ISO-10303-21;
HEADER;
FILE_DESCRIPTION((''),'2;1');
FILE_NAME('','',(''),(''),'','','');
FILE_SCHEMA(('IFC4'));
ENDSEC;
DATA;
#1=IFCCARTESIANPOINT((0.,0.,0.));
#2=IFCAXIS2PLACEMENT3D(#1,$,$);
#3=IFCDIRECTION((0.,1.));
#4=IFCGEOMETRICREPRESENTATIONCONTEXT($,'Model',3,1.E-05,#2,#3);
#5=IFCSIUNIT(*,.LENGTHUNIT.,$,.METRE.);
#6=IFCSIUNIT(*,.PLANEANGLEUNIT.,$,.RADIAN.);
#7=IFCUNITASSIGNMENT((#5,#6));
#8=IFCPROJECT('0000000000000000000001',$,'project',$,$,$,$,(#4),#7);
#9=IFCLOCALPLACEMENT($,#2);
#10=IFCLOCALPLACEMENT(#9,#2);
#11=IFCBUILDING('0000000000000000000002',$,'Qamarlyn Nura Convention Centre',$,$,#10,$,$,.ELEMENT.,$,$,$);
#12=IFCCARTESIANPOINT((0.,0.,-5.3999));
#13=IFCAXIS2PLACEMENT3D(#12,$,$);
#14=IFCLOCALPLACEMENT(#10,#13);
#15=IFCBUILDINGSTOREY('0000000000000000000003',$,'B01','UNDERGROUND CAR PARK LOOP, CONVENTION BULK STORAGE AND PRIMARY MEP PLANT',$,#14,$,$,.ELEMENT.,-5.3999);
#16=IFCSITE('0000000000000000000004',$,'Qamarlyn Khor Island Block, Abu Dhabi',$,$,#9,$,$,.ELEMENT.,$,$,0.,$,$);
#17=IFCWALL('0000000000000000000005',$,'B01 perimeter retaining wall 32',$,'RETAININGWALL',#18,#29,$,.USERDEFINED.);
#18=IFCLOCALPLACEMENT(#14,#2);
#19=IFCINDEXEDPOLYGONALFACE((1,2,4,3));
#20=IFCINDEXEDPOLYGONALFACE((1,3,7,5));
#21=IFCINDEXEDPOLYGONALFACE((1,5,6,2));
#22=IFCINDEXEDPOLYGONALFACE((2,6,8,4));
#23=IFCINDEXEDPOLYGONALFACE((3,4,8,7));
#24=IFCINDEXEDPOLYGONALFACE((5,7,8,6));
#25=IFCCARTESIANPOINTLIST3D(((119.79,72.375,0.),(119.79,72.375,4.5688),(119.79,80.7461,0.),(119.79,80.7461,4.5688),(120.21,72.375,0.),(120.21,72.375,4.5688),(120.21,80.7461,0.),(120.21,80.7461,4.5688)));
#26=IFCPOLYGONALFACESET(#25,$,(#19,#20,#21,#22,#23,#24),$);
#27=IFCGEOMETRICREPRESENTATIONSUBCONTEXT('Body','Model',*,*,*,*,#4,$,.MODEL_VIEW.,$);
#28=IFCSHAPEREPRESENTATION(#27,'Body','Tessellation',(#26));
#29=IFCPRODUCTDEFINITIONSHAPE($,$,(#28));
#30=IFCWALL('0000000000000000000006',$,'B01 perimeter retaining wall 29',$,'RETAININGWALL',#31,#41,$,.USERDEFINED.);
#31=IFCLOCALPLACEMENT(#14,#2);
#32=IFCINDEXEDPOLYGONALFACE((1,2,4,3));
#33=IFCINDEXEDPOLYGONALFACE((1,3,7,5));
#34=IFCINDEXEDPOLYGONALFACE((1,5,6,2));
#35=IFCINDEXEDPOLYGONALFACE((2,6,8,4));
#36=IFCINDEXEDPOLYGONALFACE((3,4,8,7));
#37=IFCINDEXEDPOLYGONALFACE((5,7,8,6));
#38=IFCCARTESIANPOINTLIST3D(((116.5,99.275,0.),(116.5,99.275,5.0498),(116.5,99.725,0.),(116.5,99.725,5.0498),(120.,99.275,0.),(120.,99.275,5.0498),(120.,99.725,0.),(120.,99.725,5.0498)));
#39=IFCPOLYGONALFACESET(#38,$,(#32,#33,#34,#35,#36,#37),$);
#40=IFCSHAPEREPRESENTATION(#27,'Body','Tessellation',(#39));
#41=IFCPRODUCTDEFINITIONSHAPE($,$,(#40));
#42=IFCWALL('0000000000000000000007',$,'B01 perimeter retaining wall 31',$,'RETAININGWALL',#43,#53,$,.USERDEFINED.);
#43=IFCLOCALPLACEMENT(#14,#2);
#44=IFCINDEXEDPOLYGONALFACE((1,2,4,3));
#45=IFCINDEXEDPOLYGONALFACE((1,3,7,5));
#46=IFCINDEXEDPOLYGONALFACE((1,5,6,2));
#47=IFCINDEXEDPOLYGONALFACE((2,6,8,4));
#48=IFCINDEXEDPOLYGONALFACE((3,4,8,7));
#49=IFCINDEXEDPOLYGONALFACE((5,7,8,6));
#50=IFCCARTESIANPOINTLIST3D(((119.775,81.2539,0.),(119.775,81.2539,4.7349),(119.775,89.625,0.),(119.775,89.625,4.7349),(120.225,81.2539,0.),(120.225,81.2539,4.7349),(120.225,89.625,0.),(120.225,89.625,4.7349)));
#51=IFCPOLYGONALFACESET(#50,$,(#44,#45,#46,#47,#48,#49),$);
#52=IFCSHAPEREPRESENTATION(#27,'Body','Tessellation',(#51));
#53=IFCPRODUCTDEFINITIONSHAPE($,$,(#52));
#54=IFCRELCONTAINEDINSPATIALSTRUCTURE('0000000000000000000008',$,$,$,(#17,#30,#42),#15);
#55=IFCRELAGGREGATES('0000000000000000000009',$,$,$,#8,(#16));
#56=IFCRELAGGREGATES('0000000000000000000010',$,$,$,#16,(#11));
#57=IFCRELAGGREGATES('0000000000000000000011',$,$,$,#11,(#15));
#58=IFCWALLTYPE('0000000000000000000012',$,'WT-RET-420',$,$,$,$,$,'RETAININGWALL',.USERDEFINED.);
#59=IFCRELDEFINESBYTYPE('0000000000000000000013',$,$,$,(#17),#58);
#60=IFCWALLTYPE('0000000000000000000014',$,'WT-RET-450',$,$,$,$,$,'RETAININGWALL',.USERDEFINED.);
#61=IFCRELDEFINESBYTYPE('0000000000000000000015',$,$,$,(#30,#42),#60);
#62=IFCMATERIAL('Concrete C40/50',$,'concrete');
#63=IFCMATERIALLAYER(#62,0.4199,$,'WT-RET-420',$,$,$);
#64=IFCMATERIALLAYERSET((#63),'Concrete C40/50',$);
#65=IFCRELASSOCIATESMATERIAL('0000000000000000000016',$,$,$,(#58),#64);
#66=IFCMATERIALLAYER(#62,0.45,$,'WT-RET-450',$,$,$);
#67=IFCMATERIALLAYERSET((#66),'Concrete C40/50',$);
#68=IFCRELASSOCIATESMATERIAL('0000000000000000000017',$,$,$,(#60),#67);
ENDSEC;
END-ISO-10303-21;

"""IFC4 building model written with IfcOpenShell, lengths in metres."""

from ifc_helpers import new_model, si_unit, direction, frame, frame_2d, origin, place, context, subcontext, project, spatial, rectangle, extrude, material, layer, layer_set, type_object, element, save


model = new_model("IFC4")

# Units and contexts
model_context = context("Model", 3, precision=1e-05, world=origin(), true_north=direction((0.0, 1.0)))
body_context = subcontext(model_context, "Body", "Model", "MODEL_VIEW")
ifc_project = project(units=[si_unit("LENGTHUNIT", "METRE"), si_unit("PLANEANGLEUNIT", "RADIAN")], contexts=[model_context])

# Site, building, storey
site_placement = place(None, origin())
site = spatial("IfcSite", under=ifc_project, at=site_placement, Name="Qamarlyn Khor Island Block, Abu Dhabi", CompositionType="ELEMENT", RefElevation=0.0)
building_placement = place(site_placement, origin())
building = spatial("IfcBuilding", under=site, at=building_placement, Name="Qamarlyn Nura Convention Centre", CompositionType="ELEMENT")
storey_placement = place(building_placement, frame((0.0, 0.0, -5.3999)))
storey = spatial("IfcBuildingStorey", under=building, at=storey_placement, Name="B01", Description="UNDERGROUND CAR PARK LOOP, CONVENTION BULK STORAGE AND PRIMARY MEP PLANT", CompositionType="ELEMENT", Elevation=-5.3999)

# Shared definitions
ifc_material_1 = material(Name="Concrete C40/50", Category="concrete")

# Walls
ifc_layer_1 = layer(ifc_material_1, 0.4199, Name="WT-RET-420")
ifc_layer_set_1 = layer_set([ifc_layer_1], Name="Concrete C40/50")
wall_type_1 = type_object("IfcWallType", Name="WT-RET-420", ElementType="RETAININGWALL", PredefinedType="USERDEFINED", material=ifc_layer_set_1)
wall_1_placement = place(storey_placement, frame((120.0, 80.7461, 0.0), z_axis=(0.0, 0.0, 1.0), x_axis=(0.0, -1.0, 0.0)))
element("IfcWall", 1, at=wall_1_placement, inside=storey, type_object=wall_type_1, Name="B01 perimeter retaining wall 32", ObjectType="RETAININGWALL", PredefinedType="USERDEFINED", context=body_context, shape_type="SweptSolid", body=[
    extrude(rectangle(XDim=8.3711, YDim=0.4199, at=frame_2d((4.1855, 0.0))), origin(), (0.0, 0.0, 1.0), 4.5688),
])
ifc_layer_2 = layer(ifc_material_1, 0.45, Name="WT-RET-450")
ifc_layer_set_2 = layer_set([ifc_layer_2], Name="Concrete C40/50")
wall_type_2 = type_object("IfcWallType", Name="WT-RET-450", ElementType="RETAININGWALL", PredefinedType="USERDEFINED", material=ifc_layer_set_2)
wall_2_placement = place(storey_placement, frame((116.5, 99.5, 0.0), z_axis=(0.0, 0.0, 1.0), x_axis=(1.0, 0.0, 0.0)))
element("IfcWall", 2, at=wall_2_placement, inside=storey, type_object=wall_type_2, Name="B01 perimeter retaining wall 29", ObjectType="RETAININGWALL", PredefinedType="USERDEFINED", context=body_context, shape_type="SweptSolid", body=[
    extrude(rectangle(XDim=3.5, YDim=0.45, at=frame_2d((1.75, 0.0))), origin(), (0.0, 0.0, 1.0), 5.0498),
])
wall_3_placement = place(storey_placement, frame((120.0, 89.625, 0.0), z_axis=(0.0, 0.0, 1.0), x_axis=(0.0, -1.0, 0.0)))
element("IfcWall", 3, at=wall_3_placement, inside=storey, type_object=wall_type_2, Name="B01 perimeter retaining wall 31", ObjectType="RETAININGWALL", PredefinedType="USERDEFINED", context=body_context, shape_type="SweptSolid", body=[
    extrude(rectangle(XDim=8.3711, YDim=0.45, at=frame_2d((4.1855, 0.0))), origin(), (0.0, 0.0, 1.0), 4.7349),
])

save(model, "model.ifc")
